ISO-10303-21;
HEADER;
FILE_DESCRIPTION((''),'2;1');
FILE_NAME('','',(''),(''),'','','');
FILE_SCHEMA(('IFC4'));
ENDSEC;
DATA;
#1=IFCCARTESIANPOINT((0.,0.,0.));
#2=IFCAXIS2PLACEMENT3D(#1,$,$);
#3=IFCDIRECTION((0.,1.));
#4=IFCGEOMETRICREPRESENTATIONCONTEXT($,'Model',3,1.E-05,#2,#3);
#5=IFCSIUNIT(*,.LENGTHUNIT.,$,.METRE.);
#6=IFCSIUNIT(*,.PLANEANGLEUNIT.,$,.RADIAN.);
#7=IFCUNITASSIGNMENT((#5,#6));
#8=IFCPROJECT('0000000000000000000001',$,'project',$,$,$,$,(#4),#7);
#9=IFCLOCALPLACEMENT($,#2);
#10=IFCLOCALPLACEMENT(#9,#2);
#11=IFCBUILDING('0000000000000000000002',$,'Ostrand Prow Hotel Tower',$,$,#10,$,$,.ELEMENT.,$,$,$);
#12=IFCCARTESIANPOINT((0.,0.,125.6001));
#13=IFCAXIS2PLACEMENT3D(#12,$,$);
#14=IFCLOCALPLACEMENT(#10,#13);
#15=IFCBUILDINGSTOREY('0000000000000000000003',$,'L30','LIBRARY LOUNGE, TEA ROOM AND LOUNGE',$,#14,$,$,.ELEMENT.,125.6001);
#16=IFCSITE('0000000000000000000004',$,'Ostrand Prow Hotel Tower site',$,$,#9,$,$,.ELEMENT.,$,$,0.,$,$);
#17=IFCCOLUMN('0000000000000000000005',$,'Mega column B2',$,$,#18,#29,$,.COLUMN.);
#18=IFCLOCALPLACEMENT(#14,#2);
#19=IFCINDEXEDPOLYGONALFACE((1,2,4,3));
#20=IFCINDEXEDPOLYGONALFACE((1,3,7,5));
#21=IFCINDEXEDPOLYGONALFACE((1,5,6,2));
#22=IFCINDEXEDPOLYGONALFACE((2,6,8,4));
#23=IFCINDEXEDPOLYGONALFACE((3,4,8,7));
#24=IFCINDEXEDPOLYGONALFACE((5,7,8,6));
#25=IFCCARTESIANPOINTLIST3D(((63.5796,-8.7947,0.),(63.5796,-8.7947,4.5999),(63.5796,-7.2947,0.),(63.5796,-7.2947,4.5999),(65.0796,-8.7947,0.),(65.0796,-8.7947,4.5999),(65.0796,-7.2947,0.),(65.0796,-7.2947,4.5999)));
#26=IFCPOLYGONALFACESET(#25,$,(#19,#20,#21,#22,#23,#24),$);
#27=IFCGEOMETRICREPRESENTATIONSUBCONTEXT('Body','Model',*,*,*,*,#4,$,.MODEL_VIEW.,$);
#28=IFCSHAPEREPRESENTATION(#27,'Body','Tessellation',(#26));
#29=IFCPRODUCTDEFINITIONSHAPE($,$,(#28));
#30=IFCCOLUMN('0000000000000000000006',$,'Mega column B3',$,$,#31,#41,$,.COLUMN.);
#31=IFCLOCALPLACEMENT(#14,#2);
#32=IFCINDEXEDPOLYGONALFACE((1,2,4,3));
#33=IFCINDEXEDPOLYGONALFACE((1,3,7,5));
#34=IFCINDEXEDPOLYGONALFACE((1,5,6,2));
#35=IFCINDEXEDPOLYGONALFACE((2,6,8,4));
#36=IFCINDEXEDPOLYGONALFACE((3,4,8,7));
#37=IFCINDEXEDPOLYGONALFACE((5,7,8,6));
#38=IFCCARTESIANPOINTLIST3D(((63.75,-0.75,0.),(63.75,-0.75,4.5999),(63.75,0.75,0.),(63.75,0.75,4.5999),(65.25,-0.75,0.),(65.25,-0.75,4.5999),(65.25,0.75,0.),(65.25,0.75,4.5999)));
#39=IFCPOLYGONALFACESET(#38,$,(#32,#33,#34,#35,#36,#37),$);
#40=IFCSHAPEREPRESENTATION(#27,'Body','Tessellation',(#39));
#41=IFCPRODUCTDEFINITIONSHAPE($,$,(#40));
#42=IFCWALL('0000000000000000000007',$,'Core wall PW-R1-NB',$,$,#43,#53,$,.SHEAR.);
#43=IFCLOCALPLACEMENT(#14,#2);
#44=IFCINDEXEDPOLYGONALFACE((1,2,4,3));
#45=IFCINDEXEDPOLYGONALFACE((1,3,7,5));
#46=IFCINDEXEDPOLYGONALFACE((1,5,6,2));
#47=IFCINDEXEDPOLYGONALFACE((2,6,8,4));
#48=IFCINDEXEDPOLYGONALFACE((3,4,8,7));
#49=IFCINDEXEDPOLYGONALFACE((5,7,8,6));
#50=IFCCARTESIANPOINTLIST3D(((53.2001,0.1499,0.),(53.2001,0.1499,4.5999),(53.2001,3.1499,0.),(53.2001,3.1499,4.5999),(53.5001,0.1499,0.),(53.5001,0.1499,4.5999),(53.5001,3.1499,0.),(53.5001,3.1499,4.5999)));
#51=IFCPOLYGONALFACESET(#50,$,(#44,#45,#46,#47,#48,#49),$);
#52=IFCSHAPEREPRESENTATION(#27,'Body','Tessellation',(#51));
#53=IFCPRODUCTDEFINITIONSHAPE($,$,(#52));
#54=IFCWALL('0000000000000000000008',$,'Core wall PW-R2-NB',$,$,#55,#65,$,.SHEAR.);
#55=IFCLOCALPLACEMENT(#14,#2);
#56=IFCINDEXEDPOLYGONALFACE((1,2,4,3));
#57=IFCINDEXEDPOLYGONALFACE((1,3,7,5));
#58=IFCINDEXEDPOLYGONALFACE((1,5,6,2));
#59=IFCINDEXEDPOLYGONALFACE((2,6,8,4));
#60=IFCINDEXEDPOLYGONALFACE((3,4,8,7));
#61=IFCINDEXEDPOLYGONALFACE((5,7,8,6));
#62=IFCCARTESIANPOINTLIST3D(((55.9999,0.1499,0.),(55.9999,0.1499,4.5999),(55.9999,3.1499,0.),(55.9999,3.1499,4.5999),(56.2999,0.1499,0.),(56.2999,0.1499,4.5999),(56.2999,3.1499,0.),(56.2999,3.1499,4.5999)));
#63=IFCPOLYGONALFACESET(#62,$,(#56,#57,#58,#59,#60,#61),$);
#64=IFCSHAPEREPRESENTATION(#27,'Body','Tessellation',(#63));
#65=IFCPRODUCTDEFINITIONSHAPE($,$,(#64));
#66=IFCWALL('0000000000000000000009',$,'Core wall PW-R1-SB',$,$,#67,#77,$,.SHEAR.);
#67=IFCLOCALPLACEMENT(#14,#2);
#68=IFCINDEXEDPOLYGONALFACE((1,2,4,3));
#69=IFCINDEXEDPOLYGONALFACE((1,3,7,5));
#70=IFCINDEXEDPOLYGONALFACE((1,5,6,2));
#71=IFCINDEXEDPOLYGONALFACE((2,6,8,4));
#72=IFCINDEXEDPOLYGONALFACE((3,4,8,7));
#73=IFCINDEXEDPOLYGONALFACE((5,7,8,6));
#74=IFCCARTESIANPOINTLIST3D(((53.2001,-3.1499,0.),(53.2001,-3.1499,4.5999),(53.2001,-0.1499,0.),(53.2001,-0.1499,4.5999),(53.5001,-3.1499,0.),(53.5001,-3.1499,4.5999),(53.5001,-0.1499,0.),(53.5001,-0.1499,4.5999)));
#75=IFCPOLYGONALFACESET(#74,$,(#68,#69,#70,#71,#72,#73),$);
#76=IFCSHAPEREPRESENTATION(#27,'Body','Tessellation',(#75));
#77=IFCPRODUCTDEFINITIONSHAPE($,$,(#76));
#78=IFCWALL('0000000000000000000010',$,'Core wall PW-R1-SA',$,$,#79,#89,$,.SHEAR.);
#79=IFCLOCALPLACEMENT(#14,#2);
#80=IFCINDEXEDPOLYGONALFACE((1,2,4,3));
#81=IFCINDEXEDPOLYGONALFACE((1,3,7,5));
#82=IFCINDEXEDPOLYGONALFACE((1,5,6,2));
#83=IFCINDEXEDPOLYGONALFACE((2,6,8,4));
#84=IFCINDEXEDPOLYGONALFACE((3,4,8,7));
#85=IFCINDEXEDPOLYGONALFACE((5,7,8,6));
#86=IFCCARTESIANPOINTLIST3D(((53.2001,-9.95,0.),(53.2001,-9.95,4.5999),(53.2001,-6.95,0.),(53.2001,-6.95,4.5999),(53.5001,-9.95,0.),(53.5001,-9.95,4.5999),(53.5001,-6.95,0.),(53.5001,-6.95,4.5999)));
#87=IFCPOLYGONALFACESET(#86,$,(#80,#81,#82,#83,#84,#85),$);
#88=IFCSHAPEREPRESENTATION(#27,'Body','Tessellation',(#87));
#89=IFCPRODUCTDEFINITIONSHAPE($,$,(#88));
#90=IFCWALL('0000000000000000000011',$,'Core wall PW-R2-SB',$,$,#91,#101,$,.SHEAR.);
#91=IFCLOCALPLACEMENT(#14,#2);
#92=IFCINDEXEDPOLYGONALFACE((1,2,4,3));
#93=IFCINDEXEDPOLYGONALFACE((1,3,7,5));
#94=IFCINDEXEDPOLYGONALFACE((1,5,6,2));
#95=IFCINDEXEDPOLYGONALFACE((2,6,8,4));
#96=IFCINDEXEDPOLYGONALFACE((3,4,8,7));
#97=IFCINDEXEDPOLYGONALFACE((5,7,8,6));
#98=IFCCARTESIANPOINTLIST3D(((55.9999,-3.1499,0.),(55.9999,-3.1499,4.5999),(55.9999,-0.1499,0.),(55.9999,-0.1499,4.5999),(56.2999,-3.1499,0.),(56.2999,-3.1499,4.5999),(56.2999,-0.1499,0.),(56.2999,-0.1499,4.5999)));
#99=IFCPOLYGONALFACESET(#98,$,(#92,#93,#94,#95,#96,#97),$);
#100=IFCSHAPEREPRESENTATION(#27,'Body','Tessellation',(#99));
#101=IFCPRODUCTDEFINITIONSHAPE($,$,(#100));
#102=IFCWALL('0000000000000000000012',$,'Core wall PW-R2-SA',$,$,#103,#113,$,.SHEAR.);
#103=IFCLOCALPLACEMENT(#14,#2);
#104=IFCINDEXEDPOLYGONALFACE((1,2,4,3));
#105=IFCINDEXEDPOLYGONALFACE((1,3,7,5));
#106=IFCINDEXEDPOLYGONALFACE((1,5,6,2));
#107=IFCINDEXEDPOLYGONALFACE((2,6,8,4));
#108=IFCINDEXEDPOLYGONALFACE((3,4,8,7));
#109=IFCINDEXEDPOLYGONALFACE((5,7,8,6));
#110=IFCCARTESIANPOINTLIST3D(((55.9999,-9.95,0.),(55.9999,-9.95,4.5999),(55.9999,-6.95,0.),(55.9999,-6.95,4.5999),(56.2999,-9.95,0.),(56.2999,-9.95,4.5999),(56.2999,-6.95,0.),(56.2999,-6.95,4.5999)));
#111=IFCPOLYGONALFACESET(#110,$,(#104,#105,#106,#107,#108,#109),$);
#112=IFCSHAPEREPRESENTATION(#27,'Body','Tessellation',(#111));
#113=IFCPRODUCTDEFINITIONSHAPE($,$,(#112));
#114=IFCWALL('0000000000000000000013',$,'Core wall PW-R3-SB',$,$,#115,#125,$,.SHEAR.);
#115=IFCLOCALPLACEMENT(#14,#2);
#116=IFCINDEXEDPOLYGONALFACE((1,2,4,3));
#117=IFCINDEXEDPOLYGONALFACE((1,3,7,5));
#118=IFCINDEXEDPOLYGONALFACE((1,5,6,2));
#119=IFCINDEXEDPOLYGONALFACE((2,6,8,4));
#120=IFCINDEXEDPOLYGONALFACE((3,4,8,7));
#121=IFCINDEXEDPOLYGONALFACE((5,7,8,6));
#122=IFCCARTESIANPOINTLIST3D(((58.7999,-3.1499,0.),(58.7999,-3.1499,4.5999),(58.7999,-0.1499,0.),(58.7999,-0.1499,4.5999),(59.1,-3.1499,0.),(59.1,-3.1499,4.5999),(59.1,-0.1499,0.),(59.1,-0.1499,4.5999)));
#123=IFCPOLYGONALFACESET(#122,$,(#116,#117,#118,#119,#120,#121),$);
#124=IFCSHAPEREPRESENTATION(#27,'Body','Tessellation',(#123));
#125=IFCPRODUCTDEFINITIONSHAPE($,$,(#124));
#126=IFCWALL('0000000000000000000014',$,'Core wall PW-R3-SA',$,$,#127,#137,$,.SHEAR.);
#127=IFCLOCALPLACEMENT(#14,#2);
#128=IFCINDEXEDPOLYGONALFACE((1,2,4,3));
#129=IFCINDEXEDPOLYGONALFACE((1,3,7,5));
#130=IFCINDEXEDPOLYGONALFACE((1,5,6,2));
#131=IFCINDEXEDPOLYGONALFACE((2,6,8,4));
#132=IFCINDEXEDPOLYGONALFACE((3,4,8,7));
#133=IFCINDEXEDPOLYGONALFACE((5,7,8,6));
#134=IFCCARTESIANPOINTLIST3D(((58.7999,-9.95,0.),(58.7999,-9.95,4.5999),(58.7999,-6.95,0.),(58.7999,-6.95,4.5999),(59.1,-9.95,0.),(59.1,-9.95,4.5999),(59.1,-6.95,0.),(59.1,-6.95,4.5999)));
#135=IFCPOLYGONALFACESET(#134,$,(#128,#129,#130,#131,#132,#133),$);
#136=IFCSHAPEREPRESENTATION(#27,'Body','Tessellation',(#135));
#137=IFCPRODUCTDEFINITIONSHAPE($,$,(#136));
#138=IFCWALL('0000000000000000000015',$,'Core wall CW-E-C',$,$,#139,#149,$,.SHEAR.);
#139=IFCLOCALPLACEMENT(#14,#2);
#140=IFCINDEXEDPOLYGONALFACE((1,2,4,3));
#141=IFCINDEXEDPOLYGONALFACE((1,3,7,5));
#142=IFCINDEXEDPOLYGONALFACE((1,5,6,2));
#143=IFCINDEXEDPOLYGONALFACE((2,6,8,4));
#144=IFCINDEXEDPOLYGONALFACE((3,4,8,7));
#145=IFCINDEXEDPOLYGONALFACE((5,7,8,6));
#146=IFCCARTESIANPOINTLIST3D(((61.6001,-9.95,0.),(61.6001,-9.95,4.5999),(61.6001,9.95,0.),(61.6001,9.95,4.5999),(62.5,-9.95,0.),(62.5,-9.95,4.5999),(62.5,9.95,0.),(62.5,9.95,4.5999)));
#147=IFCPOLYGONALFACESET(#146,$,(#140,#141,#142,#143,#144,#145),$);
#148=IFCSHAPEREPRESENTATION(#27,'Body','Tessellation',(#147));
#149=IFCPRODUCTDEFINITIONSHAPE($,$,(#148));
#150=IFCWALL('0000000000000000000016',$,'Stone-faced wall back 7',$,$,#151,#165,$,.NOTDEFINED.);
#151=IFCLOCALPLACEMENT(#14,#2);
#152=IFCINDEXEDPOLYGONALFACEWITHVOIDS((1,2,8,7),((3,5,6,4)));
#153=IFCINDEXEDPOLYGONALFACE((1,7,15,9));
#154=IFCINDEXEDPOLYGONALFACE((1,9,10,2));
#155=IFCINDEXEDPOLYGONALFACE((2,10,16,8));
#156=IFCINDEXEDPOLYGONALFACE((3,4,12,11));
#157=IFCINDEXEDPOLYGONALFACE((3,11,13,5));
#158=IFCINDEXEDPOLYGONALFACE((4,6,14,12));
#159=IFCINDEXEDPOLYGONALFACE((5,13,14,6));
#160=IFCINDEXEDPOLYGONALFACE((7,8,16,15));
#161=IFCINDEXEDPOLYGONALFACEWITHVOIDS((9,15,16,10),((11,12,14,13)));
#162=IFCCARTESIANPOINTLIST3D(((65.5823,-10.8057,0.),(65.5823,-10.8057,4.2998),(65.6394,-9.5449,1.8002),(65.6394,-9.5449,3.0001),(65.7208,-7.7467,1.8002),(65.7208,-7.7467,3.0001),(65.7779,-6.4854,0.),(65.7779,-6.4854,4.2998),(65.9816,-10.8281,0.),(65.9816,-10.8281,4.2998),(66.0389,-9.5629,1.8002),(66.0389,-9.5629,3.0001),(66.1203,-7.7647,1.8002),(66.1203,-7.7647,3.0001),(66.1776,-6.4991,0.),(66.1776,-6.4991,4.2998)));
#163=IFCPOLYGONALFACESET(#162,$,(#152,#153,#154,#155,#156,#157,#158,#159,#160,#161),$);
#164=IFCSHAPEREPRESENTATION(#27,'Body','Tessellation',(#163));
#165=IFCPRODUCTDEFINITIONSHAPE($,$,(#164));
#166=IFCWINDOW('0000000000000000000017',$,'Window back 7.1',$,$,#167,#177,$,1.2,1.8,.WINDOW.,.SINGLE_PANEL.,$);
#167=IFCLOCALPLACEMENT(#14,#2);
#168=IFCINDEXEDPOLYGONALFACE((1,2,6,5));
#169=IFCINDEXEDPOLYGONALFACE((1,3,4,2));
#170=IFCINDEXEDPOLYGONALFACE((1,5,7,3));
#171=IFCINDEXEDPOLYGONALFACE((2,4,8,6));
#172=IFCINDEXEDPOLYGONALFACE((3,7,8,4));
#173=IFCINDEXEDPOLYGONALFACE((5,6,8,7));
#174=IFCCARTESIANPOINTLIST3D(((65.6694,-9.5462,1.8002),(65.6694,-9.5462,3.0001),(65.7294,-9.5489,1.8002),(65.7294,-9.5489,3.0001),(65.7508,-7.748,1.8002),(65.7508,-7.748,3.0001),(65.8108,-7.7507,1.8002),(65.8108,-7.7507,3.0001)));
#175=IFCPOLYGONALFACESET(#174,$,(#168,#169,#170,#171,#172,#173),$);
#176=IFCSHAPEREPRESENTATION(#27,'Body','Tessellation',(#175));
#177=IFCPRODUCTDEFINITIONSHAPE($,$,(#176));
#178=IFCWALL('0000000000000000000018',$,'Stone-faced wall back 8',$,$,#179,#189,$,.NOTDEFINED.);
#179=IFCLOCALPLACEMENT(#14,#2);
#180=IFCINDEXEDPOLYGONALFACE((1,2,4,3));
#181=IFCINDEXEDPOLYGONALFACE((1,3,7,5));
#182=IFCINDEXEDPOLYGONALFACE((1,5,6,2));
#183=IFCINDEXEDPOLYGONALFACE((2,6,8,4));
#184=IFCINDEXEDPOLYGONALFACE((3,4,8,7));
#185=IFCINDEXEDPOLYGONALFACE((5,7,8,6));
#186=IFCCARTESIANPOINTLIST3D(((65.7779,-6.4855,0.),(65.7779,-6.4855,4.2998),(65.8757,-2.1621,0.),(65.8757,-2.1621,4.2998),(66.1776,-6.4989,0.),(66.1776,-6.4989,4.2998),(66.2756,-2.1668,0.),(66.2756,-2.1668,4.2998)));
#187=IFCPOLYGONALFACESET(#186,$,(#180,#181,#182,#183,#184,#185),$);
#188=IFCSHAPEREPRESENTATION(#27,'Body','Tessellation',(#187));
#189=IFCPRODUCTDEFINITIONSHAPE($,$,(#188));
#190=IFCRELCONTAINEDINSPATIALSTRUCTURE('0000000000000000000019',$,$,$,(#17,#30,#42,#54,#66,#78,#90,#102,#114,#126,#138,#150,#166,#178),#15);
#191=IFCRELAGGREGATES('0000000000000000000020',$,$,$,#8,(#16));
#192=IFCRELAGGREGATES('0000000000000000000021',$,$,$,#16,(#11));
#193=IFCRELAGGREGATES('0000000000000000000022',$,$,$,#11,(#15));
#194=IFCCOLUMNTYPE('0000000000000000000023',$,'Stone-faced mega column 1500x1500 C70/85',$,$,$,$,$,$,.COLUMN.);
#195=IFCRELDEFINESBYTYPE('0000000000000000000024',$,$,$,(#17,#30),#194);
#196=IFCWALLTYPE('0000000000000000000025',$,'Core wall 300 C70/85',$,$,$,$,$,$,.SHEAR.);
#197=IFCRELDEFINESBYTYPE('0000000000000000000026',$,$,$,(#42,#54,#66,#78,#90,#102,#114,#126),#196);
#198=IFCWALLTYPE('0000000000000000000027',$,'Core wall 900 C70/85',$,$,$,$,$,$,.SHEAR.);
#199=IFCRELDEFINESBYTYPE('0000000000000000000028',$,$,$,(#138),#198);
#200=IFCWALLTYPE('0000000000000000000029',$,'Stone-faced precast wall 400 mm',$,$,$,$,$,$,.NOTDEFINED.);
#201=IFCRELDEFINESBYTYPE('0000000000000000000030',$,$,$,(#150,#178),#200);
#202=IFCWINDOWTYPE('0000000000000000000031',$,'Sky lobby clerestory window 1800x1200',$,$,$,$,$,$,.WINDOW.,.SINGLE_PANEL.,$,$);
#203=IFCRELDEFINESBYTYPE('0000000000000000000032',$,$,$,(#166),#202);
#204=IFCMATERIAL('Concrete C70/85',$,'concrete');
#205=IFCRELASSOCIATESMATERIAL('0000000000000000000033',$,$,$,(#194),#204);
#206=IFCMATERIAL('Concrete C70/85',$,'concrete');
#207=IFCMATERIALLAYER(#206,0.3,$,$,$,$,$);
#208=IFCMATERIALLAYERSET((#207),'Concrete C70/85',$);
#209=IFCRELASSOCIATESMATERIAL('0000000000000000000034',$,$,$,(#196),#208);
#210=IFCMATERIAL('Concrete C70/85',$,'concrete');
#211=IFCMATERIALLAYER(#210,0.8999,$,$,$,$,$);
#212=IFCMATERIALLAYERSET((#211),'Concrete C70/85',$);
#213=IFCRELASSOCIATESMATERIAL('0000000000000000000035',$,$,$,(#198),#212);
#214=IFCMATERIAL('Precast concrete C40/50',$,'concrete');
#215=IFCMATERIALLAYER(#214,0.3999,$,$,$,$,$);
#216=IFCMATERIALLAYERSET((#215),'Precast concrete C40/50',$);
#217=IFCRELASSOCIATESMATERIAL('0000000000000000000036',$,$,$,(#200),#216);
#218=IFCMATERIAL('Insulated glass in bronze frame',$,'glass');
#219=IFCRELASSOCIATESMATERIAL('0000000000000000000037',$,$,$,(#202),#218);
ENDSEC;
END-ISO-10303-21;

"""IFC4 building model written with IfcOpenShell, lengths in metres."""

from ifc_helpers import new_model, si_unit, direction, frame, frame_2d, origin, origin_2d, place, context, subcontext, project, spatial, polyline, rectangle, outline, extrude, material, layer, layer_set, material_profile, profile_set, type_object, element, fill, save


model = new_model("IFC4")

# Units and contexts
model_context = context("Model", 3, precision=1e-05, world=origin(), true_north=direction((0.0, 1.0)))
body_context = subcontext(model_context, "Body", "Model", "MODEL_VIEW")
ifc_project = project(units=[si_unit("LENGTHUNIT", "METRE"), si_unit("PLANEANGLEUNIT", "RADIAN")], contexts=[model_context])

# Site, building, storey
site_placement = place(None, origin())
site = spatial("IfcSite", under=ifc_project, at=site_placement, Name="Ostrand Prow Hotel Tower site", CompositionType="ELEMENT", RefElevation=0.0)
building_placement = place(site_placement, origin())
building = spatial("IfcBuilding", under=site, at=building_placement, Name="Ostrand Prow Hotel Tower", CompositionType="ELEMENT")
storey_placement = place(building_placement, frame((0.0, 0.0, 125.6001)))
storey = spatial("IfcBuildingStorey", under=building, at=storey_placement, Name="L30", Description="LIBRARY LOUNGE, TEA ROOM AND LOUNGE", CompositionType="ELEMENT", Elevation=125.6001)

# Columns
ifc_material_1 = material(Name="Concrete C70/85", Category="concrete")
ifc_material_profile = material_profile(ifc_material_1, rectangle(XDim=1.5, YDim=1.5, at=origin_2d()), Name="RC 1500x1500")
ifc_profile_set = profile_set([ifc_material_profile], Name="Concrete C70/85")
column_type = type_object("IfcColumnType", Name="Stone-faced mega column 1500x1500 C70/85", PredefinedType="COLUMN", material=ifc_profile_set)
for number, where, z_axis, x_axis, name in (
    (1, (64.3296, -8.0447, 0.0), (0.0, 0.0, 1.0), (1.0, 0.0, 0.0), "Mega column B2"),
    (2, (64.5, 0.0, 0.0), (0.0, 0.0, 1.0), (1.0, 0.0, 0.0), "Mega column B3"),
):
    element("IfcColumn", number, at=place(storey_placement, frame(where, z_axis=z_axis, x_axis=x_axis)), inside=storey, type_object=column_type, Name=name, PredefinedType="COLUMN", context=body_context, shape_type="SweptSolid", body=[
        extrude(rectangle(XDim=1.5, YDim=1.5, at=origin_2d()), origin(), (0.0, 0.0, 1.0), 4.5999),
    ])

# Walls
ifc_material_2 = material(Name="Concrete C70/85", Category="concrete")
ifc_layer_1 = layer(ifc_material_2, 0.3)
ifc_layer_set_1 = layer_set([ifc_layer_1], Name="Concrete C70/85")
wall_type_1 = type_object("IfcWallType", Name="Core wall 300 C70/85", PredefinedType="SHEAR", material=ifc_layer_set_1)
for number, where, z_axis, x_axis, name in (
    (3, (53.3501, 0.1499, 0.0), (0.0, 0.0, 1.0), (0.0, 1.0, 0.0), "Core wall PW-R1-NB"),
    (4, (56.1499, 0.1499, 0.0), (0.0, 0.0, 1.0), (0.0, 1.0, 0.0), "Core wall PW-R2-NB"),
    (5, (53.3501, -3.1499, 0.0), (0.0, 0.0, 1.0), (0.0, 1.0, 0.0), "Core wall PW-R1-SB"),
    (6, (53.3501, -9.95, 0.0), (0.0, 0.0, 1.0), (0.0, 1.0, 0.0), "Core wall PW-R1-SA"),
    (7, (56.1499, -3.1499, 0.0), (0.0, 0.0, 1.0), (0.0, 1.0, 0.0), "Core wall PW-R2-SB"),
    (8, (56.1499, -9.95, 0.0), (0.0, 0.0, 1.0), (0.0, 1.0, 0.0), "Core wall PW-R2-SA"),
    (9, (58.95, -3.1499, 0.0), (0.0, 0.0, 1.0), (0.0, 1.0, 0.0), "Core wall PW-R3-SB"),
    (10, (58.95, -9.95, 0.0), (0.0, 0.0, 1.0), (0.0, 1.0, 0.0), "Core wall PW-R3-SA"),
):
    element("IfcWall", number, at=place(storey_placement, frame(where, z_axis=z_axis, x_axis=x_axis)), inside=storey, type_object=wall_type_1, Name=name, PredefinedType="SHEAR", context=body_context, shape_type="SweptSolid", body=[
        extrude(rectangle(XDim=3.0, YDim=0.3, at=frame_2d((1.5, 0.0))), origin(), (0.0, 0.0, 1.0), 4.5999),
    ])
ifc_material_3 = material(Name="Concrete C70/85", Category="concrete")
ifc_layer_2 = layer(ifc_material_3, 0.8999)
ifc_layer_set_2 = layer_set([ifc_layer_2], Name="Concrete C70/85")
wall_type_2 = type_object("IfcWallType", Name="Core wall 900 C70/85", PredefinedType="SHEAR", material=ifc_layer_set_2)
wall_1_placement = place(storey_placement, frame((62.05, -9.95, 0.0), z_axis=(0.0, 0.0, 1.0), x_axis=(0.0, 1.0, 0.0)))
element("IfcWall", 11, at=wall_1_placement, inside=storey, type_object=wall_type_2, Name="Core wall CW-E-C", PredefinedType="SHEAR", context=body_context, shape_type="SweptSolid", body=[
    extrude(rectangle(XDim=19.8999, YDim=0.8999, at=frame_2d((9.95, 0.0))), origin(), (0.0, 0.0, 1.0), 4.5999),
])

# Wall, opening, window
ifc_material_4 = material(Name="Precast concrete C40/50", Category="concrete")
ifc_layer_3 = layer(ifc_material_4, 0.3999)
ifc_layer_set_3 = layer_set([ifc_layer_3], Name="Precast concrete C40/50")
wall_type_3 = type_object("IfcWallType", Name="Stone-faced precast wall 400 mm", PredefinedType="NOTDEFINED", material=ifc_layer_set_3)
wall_2_placement = place(storey_placement, frame((65.782, -10.8169, 0.0), z_axis=(0.0, 0.0, 1.0), x_axis=(0.045229, 0.998977, 0.0)))
wall_2 = element("IfcWall", 12, at=wall_2_placement, inside=storey, type_object=wall_type_3, Name="Stone-faced wall back 7", PredefinedType="NOTDEFINED", context=body_context, shape_type="SweptSolid", body=[
    extrude(outline(polyline([(-0.0022, -0.2), (4.3313, -0.2), (4.3269, 0.2), (0.0022, 0.2), (-0.0022, -0.2)])), origin(), (0.0, 0.0, 1.0), 4.2998),
])
opening_1_placement = place(wall_2_placement, frame((1.2644, 0.0, 1.8)))
opening_1 = element("IfcOpeningElement", 13, at=opening_1_placement, cuts=wall_2, PredefinedType="OPENING", context=body_context, shape_type="SweptSolid", body=[
    extrude(rectangle(XDim=1.8, YDim=1.2, at=frame_2d((0.8999, 0.6001))), frame((0.0, 0.21, 0.0), z_axis=(0.0, -1.0, 0.0), x_axis=(1.0, 0.0, 0.0)), (0.0, 0.0, 1.0), 0.4199),
])
ifc_material_5 = material(Name="Insulated glass in bronze frame", Category="glass")
window_type = type_object("IfcWindowType", Name="Sky lobby clerestory window 1800x1200", PartitioningType="SINGLE_PANEL", PredefinedType="WINDOW", material=ifc_material_5)
window_1_placement = place(opening_1_placement, origin())
window_1 = element("IfcWindow", 14, at=window_1_placement, inside=storey, type_object=window_type, Name="Window back 7.1", OverallHeight=1.2, OverallWidth=1.8, PartitioningType="SINGLE_PANEL", PredefinedType="WINDOW", context=body_context, shape_type="SweptSolid", body=[
    extrude(rectangle(XDim=1.8, YDim=1.2, at=frame_2d((0.8999, 0.6001))), frame((0.0, 0.1699, 0.0), z_axis=(0.0, -1.0, 0.0), x_axis=(1.0, 0.0, 0.0)), (0.0, 0.0, 1.0), 0.0601),
])
fill(opening_1, window_1)

# Wall
wall_3_placement = place(storey_placement, frame((65.9778, -6.4922, 0.0), z_axis=(0.0, 0.0, 1.0), x_axis=(0.022616, 0.999744, 0.0)))
element("IfcWall", 15, at=wall_3_placement, inside=storey, type_object=wall_type_3, Name="Stone-faced wall back 8", PredefinedType="NOTDEFINED", context=body_context, shape_type="SweptSolid", body=[
    extrude(outline(polyline([(-0.0022, -0.2), (4.3311, -0.2), (4.3267, 0.2), (0.0022, 0.2), (-0.0022, -0.2)])), origin(), (0.0, 0.0, 1.0), 4.2998),
])

save(model, "model.ifc")
